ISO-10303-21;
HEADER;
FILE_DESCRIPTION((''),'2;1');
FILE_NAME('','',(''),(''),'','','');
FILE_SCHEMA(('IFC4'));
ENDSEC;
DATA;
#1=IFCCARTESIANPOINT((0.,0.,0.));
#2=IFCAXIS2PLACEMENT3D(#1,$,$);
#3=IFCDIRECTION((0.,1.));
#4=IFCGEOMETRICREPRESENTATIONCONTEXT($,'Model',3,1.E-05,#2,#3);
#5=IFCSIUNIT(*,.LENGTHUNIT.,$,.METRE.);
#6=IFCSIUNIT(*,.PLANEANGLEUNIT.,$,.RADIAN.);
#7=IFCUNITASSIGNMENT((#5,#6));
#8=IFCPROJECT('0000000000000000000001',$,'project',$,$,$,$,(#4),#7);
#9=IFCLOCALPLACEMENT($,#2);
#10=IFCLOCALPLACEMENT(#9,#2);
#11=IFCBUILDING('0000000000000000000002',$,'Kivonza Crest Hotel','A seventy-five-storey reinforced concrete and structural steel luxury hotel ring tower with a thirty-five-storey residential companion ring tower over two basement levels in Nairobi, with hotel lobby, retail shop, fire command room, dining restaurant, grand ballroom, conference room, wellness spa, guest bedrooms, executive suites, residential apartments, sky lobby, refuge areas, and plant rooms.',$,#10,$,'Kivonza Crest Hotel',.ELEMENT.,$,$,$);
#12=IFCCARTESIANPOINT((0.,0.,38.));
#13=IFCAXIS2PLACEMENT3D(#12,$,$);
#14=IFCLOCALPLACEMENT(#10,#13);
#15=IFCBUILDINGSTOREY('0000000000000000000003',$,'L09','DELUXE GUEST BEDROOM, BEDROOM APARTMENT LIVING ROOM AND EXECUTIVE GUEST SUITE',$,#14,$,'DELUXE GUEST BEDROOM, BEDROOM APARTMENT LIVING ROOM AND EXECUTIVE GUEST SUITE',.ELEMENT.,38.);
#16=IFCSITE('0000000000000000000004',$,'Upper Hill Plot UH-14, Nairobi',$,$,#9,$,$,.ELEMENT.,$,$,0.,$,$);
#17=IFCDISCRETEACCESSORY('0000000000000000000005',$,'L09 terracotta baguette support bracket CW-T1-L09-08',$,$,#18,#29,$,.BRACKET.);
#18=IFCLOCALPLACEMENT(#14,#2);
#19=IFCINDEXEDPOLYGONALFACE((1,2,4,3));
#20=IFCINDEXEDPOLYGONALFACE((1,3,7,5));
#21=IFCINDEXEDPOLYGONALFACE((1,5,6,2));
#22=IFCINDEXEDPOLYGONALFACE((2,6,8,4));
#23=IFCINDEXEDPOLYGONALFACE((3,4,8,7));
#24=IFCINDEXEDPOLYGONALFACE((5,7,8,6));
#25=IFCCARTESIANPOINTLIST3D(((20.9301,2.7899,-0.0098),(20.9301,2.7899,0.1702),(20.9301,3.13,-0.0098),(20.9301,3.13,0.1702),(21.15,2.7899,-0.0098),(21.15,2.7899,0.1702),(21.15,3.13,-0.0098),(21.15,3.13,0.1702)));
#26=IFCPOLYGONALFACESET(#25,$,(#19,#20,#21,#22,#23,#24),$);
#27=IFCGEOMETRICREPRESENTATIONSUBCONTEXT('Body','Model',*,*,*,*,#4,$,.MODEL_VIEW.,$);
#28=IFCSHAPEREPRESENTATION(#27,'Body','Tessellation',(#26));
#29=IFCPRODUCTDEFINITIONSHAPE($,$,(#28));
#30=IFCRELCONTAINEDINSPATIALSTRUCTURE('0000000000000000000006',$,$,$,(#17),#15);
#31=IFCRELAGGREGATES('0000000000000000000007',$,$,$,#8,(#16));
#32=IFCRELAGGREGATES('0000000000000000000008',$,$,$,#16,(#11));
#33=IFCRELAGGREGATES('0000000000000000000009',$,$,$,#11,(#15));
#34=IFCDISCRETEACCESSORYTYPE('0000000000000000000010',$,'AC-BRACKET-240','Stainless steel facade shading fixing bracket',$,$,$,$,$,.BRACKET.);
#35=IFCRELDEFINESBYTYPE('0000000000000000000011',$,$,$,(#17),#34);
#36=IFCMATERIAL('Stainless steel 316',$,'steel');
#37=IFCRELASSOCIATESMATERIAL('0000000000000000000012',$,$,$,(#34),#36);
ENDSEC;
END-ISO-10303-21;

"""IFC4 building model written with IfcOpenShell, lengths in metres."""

from ifc_helpers import new_model, si_unit, direction, frame, origin, origin_2d, place, context, subcontext, project, spatial, rectangle, extrude, material, type_object, element, save


model = new_model("IFC4")

# Units and contexts
model_context = context("Model", 3, precision=1e-05, world=origin(), true_north=direction((0.0, 1.0)))
body_context = subcontext(model_context, "Body", "Model", "MODEL_VIEW")
ifc_project = project(units=[si_unit("LENGTHUNIT", "METRE"), si_unit("PLANEANGLEUNIT", "RADIAN")], contexts=[model_context])

# Site, building, storey
site_placement = place(None, origin())
site = spatial("IfcSite", under=ifc_project, at=site_placement, Name="Upper Hill Plot UH-14, Nairobi", CompositionType="ELEMENT", RefElevation=0.0)
building_placement = place(site_placement, origin())
building = spatial("IfcBuilding", under=site, at=building_placement, Name="Kivonza Crest Hotel", Description="A seventy-five-storey reinforced concrete and structural steel luxury hotel ring tower with a thirty-five-storey residential companion ring tower over two basement levels in Nairobi, with hotel lobby, retail shop, fire command room, dining restaurant, grand ballroom, conference room, wellness spa, guest bedrooms, executive suites, residential apartments, sky lobby, refuge areas, and plant rooms.", LongName="Kivonza Crest Hotel", CompositionType="ELEMENT")
storey_placement = place(building_placement, frame((0.0, 0.0, 38.0)))
storey = spatial("IfcBuildingStorey", under=building, at=storey_placement, Name="L09", Description="DELUXE GUEST BEDROOM, BEDROOM APARTMENT LIVING ROOM AND EXECUTIVE GUEST SUITE", LongName="DELUXE GUEST BEDROOM, BEDROOM APARTMENT LIVING ROOM AND EXECUTIVE GUEST SUITE", CompositionType="ELEMENT", Elevation=38.0)

# Discrete accessory
ifc_material_1 = material(Name="Stainless steel 316", Category="steel")
discrete_accessory_type = type_object("IfcDiscreteAccessoryType", Name="AC-BRACKET-240", Description="Stainless steel facade shading fixing bracket", PredefinedType="BRACKET", material=ifc_material_1)
discrete_accessory_placement = place(storey_placement, frame((21.04, 2.96, -0.0098), z_axis=(0.0, 0.0, 1.0), x_axis=(1.0, 0.0, 0.0)))
element("IfcDiscreteAccessory", 1, at=discrete_accessory_placement, inside=storey, type_object=discrete_accessory_type, Name="L09 terracotta baguette support bracket CW-T1-L09-08", PredefinedType="BRACKET", context=body_context, shape_type="SweptSolid", body=[
    extrude(rectangle(XDim=0.22, YDim=0.3401, at=origin_2d()), origin(), (0.0, 0.0, 1.0), 0.1799),
])

save(model, "model.ifc")
